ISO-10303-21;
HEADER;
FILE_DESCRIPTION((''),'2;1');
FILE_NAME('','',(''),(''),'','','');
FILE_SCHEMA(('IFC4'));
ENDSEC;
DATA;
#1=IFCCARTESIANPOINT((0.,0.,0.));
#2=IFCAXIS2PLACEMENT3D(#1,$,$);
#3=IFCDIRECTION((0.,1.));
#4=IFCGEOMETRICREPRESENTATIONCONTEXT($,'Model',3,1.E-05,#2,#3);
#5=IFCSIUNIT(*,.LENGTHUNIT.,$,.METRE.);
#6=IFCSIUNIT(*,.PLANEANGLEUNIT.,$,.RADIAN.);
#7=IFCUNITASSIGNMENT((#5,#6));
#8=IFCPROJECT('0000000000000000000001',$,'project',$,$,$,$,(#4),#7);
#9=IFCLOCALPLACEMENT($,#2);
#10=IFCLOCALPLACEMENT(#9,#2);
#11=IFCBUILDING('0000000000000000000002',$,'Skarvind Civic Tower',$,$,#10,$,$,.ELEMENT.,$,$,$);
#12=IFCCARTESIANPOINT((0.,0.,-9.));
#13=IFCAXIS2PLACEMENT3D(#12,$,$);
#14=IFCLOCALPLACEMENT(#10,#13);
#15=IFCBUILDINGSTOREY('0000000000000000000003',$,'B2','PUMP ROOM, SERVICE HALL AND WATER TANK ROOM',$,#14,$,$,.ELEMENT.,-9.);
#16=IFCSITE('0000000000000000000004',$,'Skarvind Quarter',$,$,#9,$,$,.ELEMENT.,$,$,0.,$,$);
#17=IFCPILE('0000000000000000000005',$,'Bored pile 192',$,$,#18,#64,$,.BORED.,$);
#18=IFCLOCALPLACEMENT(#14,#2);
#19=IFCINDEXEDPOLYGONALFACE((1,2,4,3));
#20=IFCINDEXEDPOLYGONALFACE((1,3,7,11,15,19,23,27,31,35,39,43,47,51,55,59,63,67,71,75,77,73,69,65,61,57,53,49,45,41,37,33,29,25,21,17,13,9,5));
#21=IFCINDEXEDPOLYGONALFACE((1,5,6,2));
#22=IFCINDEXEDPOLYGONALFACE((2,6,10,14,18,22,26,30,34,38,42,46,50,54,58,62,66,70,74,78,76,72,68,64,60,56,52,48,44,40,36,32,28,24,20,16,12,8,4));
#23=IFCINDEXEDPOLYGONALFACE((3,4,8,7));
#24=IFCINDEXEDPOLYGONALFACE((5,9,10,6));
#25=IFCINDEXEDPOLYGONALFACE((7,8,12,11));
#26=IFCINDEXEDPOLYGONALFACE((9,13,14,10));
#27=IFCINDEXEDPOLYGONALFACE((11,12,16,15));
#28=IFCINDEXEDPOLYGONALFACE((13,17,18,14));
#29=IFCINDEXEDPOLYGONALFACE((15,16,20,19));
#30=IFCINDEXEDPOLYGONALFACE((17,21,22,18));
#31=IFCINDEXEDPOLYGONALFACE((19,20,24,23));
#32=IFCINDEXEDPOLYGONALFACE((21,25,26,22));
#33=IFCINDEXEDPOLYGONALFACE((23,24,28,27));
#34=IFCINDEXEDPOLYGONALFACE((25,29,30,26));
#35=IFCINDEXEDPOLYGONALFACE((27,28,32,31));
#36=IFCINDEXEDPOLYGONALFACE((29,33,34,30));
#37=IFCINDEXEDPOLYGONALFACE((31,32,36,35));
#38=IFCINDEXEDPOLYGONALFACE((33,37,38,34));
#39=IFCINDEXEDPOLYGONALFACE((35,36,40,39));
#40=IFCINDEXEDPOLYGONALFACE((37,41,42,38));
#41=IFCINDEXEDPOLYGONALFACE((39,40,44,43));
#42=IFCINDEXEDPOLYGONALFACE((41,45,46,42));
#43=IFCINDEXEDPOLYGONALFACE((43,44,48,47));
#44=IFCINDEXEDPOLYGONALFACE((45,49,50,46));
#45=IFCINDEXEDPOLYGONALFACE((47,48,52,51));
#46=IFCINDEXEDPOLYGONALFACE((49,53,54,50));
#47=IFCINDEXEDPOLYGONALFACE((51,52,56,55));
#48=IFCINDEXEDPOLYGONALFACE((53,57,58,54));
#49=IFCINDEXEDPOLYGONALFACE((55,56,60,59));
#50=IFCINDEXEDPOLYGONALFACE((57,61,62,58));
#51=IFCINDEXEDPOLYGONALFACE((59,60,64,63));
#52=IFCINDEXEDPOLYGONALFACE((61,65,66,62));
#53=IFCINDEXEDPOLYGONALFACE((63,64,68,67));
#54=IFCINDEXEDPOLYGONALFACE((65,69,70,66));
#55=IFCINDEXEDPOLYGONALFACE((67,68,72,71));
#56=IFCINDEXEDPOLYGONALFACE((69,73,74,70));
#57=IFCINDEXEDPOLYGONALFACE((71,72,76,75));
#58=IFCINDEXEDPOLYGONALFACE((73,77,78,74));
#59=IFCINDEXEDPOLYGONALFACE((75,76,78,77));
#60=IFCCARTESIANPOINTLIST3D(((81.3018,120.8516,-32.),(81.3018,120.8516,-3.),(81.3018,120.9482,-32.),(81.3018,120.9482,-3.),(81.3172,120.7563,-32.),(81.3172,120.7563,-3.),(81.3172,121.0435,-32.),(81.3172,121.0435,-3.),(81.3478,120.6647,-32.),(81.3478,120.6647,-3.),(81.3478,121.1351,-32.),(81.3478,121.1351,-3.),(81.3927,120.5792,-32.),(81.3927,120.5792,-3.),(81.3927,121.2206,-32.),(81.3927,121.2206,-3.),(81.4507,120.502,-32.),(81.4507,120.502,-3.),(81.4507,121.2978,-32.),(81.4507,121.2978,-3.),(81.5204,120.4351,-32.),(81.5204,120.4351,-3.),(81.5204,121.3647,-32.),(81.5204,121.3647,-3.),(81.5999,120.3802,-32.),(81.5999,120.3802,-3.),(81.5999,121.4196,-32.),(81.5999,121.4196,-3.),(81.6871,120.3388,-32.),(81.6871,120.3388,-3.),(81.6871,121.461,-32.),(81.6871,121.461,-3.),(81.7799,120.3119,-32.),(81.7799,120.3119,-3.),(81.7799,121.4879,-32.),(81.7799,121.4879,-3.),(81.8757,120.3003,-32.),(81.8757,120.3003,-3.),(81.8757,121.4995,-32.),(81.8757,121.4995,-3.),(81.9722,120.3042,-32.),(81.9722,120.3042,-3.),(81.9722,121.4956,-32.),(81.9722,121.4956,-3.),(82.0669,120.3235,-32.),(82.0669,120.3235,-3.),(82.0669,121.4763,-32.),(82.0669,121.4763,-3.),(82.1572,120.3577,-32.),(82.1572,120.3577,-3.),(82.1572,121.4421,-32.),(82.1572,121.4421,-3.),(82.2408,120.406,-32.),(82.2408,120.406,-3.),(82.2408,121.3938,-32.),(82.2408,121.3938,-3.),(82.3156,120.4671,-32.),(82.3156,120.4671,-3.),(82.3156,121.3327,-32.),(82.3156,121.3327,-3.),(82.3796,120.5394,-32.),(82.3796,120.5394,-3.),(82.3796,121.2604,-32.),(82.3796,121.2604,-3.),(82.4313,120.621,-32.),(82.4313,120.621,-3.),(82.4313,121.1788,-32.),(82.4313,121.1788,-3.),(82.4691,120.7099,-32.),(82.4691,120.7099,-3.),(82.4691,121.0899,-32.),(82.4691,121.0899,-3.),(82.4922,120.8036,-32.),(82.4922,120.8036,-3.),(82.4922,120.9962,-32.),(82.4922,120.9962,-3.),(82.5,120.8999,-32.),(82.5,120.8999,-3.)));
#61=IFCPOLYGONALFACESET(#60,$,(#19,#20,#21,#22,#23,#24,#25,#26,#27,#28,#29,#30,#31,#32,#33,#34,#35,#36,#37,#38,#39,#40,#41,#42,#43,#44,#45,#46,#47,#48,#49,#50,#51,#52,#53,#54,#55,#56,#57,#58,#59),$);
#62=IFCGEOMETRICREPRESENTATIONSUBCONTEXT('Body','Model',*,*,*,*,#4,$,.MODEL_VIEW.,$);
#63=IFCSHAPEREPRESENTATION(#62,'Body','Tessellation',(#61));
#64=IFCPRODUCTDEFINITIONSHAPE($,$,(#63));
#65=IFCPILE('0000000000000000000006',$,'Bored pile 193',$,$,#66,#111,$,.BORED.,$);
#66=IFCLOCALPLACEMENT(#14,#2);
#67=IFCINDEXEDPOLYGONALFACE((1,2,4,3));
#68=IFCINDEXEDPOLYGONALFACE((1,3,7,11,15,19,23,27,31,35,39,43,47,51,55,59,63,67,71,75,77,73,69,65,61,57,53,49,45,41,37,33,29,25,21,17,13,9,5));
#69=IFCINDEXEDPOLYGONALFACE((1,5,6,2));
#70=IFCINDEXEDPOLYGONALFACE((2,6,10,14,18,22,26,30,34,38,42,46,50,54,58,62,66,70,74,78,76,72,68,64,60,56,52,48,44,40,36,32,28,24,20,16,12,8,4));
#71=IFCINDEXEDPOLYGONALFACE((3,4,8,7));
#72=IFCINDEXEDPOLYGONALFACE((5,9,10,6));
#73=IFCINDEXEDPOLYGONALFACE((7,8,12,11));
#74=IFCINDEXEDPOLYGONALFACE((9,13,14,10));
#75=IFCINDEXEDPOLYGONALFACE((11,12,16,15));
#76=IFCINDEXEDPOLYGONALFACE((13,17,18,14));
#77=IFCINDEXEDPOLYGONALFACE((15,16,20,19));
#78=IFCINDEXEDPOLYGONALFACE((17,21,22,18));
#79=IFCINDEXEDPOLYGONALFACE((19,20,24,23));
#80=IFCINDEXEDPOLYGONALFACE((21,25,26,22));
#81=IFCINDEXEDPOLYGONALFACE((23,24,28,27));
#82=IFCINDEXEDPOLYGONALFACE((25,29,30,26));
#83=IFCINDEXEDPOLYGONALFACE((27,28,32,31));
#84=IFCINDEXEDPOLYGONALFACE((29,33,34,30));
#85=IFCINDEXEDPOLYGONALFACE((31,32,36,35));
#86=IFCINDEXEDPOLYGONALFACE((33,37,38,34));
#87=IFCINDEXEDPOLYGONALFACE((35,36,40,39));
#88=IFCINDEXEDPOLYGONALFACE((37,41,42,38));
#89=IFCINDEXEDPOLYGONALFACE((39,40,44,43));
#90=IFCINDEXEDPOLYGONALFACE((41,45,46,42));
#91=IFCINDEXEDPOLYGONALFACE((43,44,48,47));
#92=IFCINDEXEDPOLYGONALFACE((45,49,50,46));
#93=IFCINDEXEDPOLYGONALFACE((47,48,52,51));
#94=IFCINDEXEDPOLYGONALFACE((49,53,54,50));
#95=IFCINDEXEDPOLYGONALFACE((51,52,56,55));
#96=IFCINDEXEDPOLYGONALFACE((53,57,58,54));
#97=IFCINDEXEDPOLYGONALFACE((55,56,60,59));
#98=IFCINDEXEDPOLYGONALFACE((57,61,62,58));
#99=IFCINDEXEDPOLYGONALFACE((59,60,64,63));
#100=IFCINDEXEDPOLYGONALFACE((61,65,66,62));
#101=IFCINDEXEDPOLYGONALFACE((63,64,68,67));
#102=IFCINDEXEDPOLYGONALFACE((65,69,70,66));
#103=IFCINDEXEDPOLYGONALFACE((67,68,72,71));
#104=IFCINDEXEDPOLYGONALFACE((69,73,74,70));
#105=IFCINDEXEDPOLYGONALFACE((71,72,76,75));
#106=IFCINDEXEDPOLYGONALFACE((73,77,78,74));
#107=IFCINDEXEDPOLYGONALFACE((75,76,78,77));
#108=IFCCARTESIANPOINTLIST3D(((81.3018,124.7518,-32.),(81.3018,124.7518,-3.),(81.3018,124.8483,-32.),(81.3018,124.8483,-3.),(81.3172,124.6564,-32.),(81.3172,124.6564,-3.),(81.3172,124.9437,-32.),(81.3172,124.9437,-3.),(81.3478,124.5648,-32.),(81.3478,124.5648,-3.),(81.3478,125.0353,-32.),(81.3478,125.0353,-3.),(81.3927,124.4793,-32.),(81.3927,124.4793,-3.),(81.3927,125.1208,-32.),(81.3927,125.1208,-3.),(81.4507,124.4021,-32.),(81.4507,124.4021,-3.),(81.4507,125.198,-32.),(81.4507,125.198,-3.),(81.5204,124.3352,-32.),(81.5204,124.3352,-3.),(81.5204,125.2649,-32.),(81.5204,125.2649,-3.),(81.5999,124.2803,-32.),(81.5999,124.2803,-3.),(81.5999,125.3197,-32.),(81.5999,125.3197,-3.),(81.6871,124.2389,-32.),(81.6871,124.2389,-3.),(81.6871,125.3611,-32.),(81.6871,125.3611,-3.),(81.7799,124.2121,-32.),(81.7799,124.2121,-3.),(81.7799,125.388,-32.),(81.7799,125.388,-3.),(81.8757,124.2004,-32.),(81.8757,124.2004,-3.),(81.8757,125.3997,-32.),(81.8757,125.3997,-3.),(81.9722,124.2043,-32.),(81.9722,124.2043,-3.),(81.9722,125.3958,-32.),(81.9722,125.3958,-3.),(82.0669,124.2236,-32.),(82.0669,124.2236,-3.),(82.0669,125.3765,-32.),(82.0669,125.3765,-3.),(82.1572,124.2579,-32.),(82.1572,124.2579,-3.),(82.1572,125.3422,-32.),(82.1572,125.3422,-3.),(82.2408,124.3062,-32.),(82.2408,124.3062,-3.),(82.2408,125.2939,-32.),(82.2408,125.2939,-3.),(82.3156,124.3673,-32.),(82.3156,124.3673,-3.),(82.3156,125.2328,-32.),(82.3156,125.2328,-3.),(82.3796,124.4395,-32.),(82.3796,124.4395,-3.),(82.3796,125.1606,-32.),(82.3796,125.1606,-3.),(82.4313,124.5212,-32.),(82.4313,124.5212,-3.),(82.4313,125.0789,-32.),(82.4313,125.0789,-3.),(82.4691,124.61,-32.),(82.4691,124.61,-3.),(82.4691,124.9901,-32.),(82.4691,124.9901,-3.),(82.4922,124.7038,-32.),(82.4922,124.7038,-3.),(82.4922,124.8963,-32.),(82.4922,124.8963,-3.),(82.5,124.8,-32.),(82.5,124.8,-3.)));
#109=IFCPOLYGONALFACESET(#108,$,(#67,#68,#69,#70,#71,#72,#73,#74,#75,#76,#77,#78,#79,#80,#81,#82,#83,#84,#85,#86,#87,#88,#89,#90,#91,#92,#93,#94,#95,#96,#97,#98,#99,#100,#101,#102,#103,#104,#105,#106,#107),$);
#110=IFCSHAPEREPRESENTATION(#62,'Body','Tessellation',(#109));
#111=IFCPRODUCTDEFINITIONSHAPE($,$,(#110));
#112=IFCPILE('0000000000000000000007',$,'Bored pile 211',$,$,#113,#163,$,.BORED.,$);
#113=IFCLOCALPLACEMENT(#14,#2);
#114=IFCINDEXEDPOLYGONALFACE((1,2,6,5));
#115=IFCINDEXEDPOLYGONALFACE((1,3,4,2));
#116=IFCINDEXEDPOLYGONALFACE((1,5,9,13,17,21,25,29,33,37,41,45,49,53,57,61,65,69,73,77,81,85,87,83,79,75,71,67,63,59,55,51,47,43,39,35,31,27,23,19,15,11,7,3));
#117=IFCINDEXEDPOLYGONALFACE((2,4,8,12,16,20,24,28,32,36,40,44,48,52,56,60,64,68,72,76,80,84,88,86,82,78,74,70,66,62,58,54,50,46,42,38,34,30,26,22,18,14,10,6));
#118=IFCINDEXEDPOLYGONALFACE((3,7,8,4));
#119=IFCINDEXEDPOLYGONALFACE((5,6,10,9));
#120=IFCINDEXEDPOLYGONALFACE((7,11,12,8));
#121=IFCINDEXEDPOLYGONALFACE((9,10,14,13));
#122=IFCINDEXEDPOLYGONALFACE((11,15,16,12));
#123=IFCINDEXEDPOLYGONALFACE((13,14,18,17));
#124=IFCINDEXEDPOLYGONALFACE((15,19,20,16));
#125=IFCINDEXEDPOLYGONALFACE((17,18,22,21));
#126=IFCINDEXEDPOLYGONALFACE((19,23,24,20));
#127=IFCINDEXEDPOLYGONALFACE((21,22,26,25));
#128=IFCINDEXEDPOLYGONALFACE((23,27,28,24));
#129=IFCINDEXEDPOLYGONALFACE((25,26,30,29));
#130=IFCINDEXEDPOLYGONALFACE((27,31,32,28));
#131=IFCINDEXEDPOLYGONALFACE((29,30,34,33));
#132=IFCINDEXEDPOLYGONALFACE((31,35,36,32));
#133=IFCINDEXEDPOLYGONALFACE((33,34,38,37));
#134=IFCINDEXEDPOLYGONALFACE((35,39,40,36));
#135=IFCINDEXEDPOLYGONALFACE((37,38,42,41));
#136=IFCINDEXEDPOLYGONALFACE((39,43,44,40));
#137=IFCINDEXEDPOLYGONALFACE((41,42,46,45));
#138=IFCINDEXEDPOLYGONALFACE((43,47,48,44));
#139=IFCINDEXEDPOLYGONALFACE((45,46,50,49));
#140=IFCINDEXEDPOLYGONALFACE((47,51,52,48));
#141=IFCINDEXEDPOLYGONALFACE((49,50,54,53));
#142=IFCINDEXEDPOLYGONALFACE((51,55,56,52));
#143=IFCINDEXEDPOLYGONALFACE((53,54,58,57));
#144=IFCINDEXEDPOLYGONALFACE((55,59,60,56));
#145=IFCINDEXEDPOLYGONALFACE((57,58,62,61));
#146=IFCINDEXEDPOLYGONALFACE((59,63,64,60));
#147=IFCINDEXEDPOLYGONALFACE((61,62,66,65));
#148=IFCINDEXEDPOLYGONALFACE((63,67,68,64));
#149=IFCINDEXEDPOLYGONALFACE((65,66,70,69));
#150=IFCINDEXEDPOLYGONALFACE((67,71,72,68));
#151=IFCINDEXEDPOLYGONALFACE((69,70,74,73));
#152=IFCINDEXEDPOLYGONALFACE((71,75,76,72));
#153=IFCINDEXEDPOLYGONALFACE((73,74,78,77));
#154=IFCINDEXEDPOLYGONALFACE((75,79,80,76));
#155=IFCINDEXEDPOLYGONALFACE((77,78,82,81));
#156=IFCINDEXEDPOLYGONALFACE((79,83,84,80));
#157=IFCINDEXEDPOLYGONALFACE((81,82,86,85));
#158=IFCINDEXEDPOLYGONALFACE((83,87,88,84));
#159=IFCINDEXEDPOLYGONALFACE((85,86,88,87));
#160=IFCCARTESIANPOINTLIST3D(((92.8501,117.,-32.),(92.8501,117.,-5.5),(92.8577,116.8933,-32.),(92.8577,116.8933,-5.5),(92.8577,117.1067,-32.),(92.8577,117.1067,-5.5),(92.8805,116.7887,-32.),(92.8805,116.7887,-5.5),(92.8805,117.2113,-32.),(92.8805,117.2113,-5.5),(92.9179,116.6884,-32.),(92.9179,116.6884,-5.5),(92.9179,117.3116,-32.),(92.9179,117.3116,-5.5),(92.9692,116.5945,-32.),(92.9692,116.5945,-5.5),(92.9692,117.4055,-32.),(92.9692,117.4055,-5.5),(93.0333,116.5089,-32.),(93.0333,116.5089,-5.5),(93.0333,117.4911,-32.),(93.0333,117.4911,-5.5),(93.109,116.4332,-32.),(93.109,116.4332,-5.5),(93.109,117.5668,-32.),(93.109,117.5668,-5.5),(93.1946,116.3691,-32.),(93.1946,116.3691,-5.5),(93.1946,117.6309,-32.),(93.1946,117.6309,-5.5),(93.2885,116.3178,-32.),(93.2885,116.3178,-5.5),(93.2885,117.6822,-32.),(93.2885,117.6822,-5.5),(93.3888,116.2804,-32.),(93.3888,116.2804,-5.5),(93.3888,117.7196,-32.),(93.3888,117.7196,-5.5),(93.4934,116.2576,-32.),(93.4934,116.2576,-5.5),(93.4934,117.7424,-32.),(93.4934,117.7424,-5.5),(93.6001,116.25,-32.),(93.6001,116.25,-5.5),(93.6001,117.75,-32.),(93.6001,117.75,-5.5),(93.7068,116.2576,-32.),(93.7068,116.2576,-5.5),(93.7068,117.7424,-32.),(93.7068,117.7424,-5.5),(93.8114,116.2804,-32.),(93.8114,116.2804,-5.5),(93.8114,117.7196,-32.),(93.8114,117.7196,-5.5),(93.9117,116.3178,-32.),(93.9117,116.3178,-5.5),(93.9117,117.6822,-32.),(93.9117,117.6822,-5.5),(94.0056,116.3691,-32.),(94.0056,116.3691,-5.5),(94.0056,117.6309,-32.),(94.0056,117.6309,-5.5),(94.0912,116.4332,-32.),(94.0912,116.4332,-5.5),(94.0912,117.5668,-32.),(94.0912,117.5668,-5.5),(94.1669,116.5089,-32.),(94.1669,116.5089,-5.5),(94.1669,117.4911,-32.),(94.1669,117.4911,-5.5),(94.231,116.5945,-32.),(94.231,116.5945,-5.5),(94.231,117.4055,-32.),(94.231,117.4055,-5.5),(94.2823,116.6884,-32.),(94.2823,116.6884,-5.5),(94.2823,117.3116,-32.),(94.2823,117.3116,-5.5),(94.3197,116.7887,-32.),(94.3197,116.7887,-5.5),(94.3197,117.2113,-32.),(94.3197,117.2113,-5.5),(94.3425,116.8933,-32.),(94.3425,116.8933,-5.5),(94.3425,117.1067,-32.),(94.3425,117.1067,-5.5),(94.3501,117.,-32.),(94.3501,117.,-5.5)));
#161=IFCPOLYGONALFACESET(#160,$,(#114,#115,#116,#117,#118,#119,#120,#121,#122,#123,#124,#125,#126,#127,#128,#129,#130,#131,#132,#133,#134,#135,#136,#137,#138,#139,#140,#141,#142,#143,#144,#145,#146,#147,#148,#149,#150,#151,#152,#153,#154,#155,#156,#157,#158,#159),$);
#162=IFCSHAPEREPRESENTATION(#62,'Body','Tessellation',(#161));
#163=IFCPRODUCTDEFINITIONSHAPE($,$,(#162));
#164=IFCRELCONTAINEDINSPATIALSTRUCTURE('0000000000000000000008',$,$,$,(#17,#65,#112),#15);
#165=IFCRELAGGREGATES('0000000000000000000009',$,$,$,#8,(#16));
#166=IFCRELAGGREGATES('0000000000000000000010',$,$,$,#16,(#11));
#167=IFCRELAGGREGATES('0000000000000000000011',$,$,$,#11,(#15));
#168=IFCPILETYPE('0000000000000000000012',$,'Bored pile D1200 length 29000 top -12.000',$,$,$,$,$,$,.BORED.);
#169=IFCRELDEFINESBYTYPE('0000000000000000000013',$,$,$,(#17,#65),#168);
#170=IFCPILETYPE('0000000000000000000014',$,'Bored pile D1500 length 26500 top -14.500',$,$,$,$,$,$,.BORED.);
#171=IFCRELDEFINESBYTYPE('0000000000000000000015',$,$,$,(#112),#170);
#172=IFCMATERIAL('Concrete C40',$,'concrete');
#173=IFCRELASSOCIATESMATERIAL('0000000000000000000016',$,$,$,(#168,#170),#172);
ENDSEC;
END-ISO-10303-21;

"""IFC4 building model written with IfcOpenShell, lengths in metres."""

from ifc_helpers import new_model, si_unit, direction, frame, origin, origin_2d, place, context, subcontext, project, spatial, circle, extrude, material, type_object, element, save


model = new_model("IFC4")

# Units and contexts
model_context = context("Model", 3, precision=1e-05, world=origin(), true_north=direction((0.0, 1.0)))
body_context = subcontext(model_context, "Body", "Model", "MODEL_VIEW")
ifc_project = project(units=[si_unit("LENGTHUNIT", "METRE"), si_unit("PLANEANGLEUNIT", "RADIAN")], contexts=[model_context])

# Site, building, storey
site_placement = place(None, origin())
site = spatial("IfcSite", under=ifc_project, at=site_placement, Name="Skarvind Quarter", CompositionType="ELEMENT", RefElevation=0.0)
building_placement = place(site_placement, origin())
building = spatial("IfcBuilding", under=site, at=building_placement, Name="Skarvind Civic Tower", CompositionType="ELEMENT")
storey_placement = place(building_placement, frame((0.0, 0.0, -9.0)))
storey = spatial("IfcBuildingStorey", under=building, at=storey_placement, Name="B2", Description="PUMP ROOM, SERVICE HALL AND WATER TANK ROOM", CompositionType="ELEMENT", Elevation=-9.0)

# Piles
ifc_material_1 = material(Name="Concrete C40", Category="concrete")
pile_type_1 = type_object("IfcPileType", Name="Bored pile D1200 length 29000 top -12.000", PredefinedType="BORED", material=ifc_material_1)
for number, where, z_axis, x_axis, name in (
    (1, (81.8999, 120.8999, -3.0), (0.0, 0.0, -1.0), (1.0, 0.0, 0.0), "Bored pile 192"),
    (2, (81.8999, 124.8, -3.0), (0.0, 0.0, -1.0), (1.0, 0.0, 0.0), "Bored pile 193"),
):
    element("IfcPile", number, at=place(storey_placement, frame(where, z_axis=z_axis, x_axis=x_axis)), inside=storey, type_object=pile_type_1, Name=name, PredefinedType="BORED", context=body_context, shape_type="SweptSolid", body=[
        extrude(circle(Radius=0.6001, at=origin_2d()), origin(), (0.0, 0.0, 1.0), 29.0),
    ])
pile_type_2 = type_object("IfcPileType", Name="Bored pile D1500 length 26500 top -14.500", PredefinedType="BORED", material=ifc_material_1)
for number, where, z_axis, x_axis, name in (
    (3, (93.6001, 117.0, -5.5), (0.0, 0.0, -1.0), (1.0, 0.0, 0.0), "Bored pile 211"),
):
    element("IfcPile", number, at=place(storey_placement, frame(where, z_axis=z_axis, x_axis=x_axis)), inside=storey, type_object=pile_type_2, Name=name, PredefinedType="BORED", context=body_context, shape_type="SweptSolid", body=[
        extrude(circle(Radius=0.75, at=origin_2d()), origin(), (0.0, 0.0, 1.0), 26.5),
    ])

save(model, "model.ifc")
